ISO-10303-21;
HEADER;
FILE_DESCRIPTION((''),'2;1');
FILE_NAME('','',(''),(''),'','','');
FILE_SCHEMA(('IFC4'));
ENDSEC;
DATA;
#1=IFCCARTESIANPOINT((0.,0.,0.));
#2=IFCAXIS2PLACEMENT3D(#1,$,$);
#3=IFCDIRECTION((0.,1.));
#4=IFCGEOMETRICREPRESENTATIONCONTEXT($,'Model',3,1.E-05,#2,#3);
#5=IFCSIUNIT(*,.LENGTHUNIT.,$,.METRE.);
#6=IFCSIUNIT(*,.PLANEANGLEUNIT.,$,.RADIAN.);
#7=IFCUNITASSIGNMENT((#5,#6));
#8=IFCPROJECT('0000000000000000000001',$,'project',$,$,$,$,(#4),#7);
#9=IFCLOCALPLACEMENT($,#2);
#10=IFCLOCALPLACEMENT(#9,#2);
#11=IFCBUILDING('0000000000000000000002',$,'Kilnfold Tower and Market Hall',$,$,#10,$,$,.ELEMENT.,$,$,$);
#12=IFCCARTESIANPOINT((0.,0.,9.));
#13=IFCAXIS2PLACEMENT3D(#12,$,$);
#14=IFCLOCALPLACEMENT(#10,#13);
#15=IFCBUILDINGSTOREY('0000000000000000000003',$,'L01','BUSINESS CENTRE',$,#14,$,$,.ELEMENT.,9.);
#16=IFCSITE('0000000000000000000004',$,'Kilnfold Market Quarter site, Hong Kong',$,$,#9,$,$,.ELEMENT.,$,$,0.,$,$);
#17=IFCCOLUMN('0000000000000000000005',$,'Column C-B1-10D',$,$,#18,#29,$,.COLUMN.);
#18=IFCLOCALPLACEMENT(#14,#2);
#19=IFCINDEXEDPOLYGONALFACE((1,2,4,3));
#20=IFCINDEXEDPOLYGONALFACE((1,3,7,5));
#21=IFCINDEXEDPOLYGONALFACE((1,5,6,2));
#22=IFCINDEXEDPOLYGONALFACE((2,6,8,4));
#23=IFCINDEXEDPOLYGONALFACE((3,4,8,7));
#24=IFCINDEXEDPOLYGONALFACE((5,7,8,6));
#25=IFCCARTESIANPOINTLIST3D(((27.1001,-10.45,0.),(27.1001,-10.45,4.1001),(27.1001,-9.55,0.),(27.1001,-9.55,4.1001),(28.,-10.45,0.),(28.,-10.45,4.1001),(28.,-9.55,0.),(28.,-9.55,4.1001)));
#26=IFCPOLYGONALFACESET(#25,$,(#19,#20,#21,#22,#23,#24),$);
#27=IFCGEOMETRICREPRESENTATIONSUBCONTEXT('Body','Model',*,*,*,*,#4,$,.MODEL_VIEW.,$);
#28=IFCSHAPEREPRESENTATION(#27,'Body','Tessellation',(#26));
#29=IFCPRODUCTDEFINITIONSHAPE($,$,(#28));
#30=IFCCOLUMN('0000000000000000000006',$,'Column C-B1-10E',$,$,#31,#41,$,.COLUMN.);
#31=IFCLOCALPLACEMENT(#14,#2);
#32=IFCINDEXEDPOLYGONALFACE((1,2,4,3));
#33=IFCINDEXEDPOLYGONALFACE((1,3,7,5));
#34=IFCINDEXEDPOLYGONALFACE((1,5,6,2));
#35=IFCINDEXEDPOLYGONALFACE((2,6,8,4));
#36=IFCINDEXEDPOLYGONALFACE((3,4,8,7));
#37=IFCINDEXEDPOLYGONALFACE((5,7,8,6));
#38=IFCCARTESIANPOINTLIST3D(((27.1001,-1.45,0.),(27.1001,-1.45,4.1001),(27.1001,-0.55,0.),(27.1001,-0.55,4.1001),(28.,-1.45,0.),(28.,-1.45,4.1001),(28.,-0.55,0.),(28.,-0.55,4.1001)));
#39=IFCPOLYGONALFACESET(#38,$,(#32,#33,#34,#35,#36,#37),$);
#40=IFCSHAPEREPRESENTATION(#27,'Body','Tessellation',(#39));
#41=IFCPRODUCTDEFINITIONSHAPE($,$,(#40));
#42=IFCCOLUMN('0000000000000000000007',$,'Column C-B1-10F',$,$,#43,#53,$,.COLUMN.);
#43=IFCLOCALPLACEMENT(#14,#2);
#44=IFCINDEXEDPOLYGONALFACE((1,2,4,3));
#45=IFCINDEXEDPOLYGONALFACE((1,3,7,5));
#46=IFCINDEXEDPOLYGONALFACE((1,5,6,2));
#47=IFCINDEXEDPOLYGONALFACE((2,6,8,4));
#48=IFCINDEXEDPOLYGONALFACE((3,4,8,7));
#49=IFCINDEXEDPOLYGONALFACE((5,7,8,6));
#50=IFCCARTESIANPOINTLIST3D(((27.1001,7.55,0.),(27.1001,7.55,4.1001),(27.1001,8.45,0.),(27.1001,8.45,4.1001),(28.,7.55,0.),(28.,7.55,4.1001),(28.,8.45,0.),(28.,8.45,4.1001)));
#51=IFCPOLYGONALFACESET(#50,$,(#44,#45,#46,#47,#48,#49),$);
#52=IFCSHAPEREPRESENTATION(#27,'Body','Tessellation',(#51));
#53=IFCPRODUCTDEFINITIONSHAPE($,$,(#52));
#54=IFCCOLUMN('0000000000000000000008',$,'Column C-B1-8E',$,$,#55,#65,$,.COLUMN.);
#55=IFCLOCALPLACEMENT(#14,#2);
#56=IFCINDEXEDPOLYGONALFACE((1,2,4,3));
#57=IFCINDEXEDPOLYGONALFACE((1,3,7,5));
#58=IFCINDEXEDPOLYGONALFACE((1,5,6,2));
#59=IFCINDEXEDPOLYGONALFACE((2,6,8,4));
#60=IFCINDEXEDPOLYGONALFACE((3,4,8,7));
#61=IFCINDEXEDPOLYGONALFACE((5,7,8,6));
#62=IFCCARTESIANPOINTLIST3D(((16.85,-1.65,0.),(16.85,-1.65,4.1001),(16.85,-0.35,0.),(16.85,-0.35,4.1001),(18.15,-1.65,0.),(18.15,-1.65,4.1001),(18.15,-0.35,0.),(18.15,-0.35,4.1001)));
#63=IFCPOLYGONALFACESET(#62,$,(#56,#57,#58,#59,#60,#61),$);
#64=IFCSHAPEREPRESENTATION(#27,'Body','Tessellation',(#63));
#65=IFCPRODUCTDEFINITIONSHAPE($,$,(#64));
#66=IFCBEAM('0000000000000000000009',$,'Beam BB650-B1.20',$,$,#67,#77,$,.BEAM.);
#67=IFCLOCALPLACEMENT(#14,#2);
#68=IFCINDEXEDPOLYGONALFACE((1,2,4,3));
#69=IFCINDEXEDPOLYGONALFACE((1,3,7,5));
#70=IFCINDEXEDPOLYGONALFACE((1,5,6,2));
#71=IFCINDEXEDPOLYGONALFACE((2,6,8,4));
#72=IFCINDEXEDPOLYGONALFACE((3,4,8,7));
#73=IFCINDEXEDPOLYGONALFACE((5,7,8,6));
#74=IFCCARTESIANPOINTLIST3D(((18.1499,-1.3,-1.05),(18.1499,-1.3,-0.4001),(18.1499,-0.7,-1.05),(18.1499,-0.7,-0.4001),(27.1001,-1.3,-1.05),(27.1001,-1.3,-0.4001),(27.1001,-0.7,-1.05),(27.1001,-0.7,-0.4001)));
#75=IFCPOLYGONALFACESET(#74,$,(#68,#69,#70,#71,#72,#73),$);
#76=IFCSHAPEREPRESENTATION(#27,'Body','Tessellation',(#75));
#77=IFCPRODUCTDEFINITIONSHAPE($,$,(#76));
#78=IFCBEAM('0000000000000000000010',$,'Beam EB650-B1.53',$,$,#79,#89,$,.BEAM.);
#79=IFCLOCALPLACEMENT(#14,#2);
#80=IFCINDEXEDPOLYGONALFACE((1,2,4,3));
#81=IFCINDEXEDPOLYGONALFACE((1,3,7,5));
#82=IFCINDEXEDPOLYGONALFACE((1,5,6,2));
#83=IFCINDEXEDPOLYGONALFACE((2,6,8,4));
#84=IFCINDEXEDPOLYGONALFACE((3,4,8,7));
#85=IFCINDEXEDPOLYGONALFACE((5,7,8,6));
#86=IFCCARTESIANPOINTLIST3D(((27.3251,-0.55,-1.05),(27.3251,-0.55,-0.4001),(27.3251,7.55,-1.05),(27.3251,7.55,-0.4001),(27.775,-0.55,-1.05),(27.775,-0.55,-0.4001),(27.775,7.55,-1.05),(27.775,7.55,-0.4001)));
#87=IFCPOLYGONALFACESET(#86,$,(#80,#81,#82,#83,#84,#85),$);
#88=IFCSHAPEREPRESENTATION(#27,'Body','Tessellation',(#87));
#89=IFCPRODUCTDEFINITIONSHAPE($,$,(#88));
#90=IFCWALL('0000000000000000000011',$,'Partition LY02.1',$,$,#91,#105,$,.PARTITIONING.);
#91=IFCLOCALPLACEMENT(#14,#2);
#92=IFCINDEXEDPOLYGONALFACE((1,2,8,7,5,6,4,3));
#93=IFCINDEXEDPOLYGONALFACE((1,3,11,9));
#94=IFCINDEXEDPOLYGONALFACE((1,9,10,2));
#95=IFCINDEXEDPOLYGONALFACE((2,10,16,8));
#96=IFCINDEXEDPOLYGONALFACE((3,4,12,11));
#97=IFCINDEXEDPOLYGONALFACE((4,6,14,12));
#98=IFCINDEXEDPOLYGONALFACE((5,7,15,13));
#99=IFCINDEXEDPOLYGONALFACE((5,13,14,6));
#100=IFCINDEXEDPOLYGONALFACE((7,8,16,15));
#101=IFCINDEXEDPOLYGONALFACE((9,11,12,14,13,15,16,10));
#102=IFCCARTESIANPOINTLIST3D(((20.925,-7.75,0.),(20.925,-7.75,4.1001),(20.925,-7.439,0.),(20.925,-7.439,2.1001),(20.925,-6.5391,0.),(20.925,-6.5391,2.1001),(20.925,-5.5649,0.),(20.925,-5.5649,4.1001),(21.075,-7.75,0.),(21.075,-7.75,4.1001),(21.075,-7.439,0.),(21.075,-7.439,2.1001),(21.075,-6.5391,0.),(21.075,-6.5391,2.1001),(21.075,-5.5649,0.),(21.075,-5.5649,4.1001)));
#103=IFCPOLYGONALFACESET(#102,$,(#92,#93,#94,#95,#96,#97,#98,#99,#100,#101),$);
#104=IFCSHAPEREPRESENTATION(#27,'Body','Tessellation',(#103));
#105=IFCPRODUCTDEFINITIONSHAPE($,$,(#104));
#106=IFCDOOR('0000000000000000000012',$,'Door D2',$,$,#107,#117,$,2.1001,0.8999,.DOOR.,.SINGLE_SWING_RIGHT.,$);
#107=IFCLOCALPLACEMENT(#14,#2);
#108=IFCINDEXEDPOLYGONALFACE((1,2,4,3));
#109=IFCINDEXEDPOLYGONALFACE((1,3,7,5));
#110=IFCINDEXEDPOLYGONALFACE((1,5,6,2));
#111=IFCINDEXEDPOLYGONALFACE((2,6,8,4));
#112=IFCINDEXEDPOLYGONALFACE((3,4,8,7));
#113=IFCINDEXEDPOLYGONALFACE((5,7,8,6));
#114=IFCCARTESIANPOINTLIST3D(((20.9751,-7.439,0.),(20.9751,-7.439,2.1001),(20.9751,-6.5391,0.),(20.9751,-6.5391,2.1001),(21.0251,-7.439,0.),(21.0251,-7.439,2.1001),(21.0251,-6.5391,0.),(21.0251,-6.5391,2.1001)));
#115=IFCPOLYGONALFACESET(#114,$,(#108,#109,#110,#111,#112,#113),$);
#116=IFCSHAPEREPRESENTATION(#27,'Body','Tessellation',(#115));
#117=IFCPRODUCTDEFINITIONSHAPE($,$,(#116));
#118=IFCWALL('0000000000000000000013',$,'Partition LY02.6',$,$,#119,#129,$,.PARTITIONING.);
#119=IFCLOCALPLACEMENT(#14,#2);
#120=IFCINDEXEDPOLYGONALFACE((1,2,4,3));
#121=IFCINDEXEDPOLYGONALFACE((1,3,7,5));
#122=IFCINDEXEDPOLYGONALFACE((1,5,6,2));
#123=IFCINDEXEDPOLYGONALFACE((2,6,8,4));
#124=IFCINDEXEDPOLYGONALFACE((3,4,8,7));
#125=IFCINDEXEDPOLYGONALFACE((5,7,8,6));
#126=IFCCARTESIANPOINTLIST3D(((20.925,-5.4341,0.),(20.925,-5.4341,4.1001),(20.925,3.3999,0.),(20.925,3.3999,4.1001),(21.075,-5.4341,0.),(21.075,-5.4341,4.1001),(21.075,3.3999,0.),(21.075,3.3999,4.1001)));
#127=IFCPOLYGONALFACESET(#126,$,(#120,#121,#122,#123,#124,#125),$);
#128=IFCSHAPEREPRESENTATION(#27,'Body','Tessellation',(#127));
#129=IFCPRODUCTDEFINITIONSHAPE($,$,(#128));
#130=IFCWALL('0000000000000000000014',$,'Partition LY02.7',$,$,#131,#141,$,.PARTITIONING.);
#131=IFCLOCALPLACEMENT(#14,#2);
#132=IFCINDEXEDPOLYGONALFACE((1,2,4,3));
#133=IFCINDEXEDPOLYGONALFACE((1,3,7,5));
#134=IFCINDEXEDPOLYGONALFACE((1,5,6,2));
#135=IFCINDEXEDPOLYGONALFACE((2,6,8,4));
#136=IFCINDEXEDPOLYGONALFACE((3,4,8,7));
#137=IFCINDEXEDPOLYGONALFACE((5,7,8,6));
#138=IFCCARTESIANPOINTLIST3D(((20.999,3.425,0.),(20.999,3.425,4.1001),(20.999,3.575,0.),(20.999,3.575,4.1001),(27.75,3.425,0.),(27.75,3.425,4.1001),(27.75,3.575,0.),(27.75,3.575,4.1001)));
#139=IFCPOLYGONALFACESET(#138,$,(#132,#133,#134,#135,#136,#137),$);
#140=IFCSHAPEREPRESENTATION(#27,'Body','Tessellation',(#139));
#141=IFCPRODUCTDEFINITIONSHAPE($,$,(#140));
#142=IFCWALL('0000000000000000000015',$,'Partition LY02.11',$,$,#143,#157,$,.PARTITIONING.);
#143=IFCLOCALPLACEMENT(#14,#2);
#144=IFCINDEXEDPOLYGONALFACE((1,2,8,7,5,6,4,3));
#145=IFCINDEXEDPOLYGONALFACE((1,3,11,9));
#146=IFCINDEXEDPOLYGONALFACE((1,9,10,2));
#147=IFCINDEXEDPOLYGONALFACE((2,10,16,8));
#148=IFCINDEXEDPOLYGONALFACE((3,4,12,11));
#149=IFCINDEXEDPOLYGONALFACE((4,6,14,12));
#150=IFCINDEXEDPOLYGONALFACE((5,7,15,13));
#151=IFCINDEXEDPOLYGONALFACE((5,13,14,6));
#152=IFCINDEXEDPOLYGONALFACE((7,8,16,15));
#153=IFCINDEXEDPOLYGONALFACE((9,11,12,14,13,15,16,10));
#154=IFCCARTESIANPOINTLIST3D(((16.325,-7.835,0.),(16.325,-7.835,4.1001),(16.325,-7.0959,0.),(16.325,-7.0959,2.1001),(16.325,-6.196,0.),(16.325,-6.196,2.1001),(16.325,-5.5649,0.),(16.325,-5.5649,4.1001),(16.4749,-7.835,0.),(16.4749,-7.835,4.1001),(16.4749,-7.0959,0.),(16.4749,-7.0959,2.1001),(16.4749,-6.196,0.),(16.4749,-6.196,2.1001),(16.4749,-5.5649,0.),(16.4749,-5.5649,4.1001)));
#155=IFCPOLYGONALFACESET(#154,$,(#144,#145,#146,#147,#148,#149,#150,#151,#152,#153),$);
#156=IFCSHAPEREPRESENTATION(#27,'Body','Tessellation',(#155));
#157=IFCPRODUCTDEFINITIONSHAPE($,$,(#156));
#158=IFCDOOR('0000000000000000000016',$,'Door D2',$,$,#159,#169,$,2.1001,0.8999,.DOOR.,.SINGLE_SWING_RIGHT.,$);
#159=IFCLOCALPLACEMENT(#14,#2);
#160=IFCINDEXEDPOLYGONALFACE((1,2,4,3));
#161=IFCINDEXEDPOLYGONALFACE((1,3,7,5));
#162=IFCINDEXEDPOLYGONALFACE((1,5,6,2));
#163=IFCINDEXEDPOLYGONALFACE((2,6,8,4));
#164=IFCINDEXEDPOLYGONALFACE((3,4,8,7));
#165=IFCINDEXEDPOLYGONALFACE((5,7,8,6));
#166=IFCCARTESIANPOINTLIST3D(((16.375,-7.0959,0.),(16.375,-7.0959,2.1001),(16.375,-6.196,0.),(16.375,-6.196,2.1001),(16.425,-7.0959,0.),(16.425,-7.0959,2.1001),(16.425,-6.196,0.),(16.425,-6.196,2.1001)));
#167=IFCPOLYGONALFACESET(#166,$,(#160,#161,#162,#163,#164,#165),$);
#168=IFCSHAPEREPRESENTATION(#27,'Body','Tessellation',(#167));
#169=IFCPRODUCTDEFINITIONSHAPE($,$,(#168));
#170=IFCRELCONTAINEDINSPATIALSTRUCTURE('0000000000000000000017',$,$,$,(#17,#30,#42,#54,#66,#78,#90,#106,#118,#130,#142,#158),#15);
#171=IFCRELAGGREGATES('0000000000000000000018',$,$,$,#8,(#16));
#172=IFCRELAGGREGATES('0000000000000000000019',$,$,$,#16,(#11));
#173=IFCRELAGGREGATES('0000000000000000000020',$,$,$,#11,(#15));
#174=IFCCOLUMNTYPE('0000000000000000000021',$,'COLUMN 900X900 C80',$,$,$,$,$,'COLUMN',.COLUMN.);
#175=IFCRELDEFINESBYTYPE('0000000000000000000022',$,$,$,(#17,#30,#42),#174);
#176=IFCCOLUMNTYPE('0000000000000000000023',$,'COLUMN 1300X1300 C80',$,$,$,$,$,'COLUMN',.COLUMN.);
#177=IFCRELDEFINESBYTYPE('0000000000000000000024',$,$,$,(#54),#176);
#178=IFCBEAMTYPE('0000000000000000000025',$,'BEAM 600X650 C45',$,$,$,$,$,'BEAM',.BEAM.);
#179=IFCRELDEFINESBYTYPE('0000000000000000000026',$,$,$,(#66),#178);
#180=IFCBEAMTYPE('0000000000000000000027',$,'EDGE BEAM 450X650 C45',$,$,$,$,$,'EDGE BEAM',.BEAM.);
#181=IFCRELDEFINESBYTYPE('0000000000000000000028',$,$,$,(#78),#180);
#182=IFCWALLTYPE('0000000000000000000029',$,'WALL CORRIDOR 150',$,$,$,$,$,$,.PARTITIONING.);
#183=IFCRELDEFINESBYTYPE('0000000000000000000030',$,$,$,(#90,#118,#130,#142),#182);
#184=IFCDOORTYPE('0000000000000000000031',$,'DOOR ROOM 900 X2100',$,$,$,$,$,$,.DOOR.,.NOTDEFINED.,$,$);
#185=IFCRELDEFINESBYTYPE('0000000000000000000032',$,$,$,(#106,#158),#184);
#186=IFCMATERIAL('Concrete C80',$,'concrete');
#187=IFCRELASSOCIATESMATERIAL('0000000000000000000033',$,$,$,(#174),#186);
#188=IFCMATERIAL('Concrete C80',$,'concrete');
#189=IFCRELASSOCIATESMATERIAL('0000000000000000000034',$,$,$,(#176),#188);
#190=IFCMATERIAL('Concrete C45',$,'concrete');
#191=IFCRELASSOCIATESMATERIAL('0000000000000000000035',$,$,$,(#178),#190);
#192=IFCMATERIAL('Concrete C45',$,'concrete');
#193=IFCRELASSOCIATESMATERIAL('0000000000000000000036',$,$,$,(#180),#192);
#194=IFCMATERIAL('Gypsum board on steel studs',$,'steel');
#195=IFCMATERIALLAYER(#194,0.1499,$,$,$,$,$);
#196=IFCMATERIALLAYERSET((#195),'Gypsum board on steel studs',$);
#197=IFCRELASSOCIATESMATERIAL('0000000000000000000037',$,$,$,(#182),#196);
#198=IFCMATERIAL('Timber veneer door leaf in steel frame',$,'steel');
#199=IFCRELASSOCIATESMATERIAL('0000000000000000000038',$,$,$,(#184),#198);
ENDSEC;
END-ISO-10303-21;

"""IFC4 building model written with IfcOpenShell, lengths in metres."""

from ifc_helpers import new_model, si_unit, direction, frame, frame_2d, origin, origin_2d, place, context, subcontext, project, spatial, rectangle, extrude, source, transform, mapped, material, layer, layer_set, material_profile, profile_set, type_object, element, fill, save


model = new_model("IFC4")

# Units and contexts
model_context = context("Model", 3, precision=1e-05, world=origin(), true_north=direction((0.0, 1.0)))
body_context = subcontext(model_context, "Body", "Model", "MODEL_VIEW")
ifc_project = project(units=[si_unit("LENGTHUNIT", "METRE"), si_unit("PLANEANGLEUNIT", "RADIAN")], contexts=[model_context])

# Site, building, storey
site_placement = place(None, origin())
site = spatial("IfcSite", under=ifc_project, at=site_placement, Name="Kilnfold Market Quarter site, Hong Kong", CompositionType="ELEMENT", RefElevation=0.0)
building_placement = place(site_placement, origin())
building = spatial("IfcBuilding", under=site, at=building_placement, Name="Kilnfold Tower and Market Hall", CompositionType="ELEMENT")
storey_placement = place(building_placement, frame((0.0, 0.0, 9.0)))
storey = spatial("IfcBuildingStorey", under=building, at=storey_placement, Name="L01", Description="BUSINESS CENTRE", CompositionType="ELEMENT", Elevation=9.0)

# Columns
ifc_material_1 = material(Name="Concrete C80", Category="concrete")
ifc_material_profile_1 = material_profile(ifc_material_1, rectangle(XDim=0.8999, YDim=0.8999, at=origin_2d()), Name="RC 900x900")
ifc_profile_set_1 = profile_set([ifc_material_profile_1], Name="Concrete C80")
column_type_1 = type_object("IfcColumnType", Name="COLUMN 900X900 C80", ElementType="COLUMN", PredefinedType="COLUMN", material=ifc_profile_set_1)
shared_shape_1 = source(origin(), body_context, "Body", "SweptSolid", [
    extrude(rectangle(XDim=0.8999, YDim=0.8999, at=origin_2d()), origin(), (0.0, 0.0, 1.0), 4.1001),
])
for number, where, z_axis, x_axis, name in (
    (1, (27.55, -10.0, 0.0), (0.0, 0.0, 1.0), (1.0, 0.0, 0.0), "Column C-B1-10D"),
    (2, (27.55, -1.0, 0.0), (0.0, 0.0, 1.0), (1.0, 0.0, 0.0), "Column C-B1-10E"),
    (3, (27.55, 8.0, 0.0), (0.0, 0.0, 1.0), (1.0, 0.0, 0.0), "Column C-B1-10F"),
):
    element("IfcColumn", number, at=place(storey_placement, frame(where, z_axis=z_axis, x_axis=x_axis)), inside=storey, type_object=column_type_1, Name=name, PredefinedType="COLUMN", context=body_context, shape_type="MappedRepresentation", body=[
        mapped(shared_shape_1, transform((0.0, 0.0, 0.0))),
    ])
ifc_material_2 = material(Name="Concrete C80", Category="concrete")
ifc_material_profile_2 = material_profile(ifc_material_2, rectangle(XDim=1.3, YDim=1.3, at=origin_2d()), Name="RC 1300x1300")
ifc_profile_set_2 = profile_set([ifc_material_profile_2], Name="Concrete C80")
column_type_2 = type_object("IfcColumnType", Name="COLUMN 1300X1300 C80", ElementType="COLUMN", PredefinedType="COLUMN", material=ifc_profile_set_2)
shared_shape_2 = source(origin(), body_context, "Body", "SweptSolid", [
    extrude(rectangle(XDim=1.3, YDim=1.3, at=origin_2d()), origin(), (0.0, 0.0, 1.0), 4.1001),
])
column_placement = place(storey_placement, frame((17.5, -1.0, 0.0), z_axis=(0.0, 0.0, 1.0), x_axis=(1.0, 0.0, 0.0)))
element("IfcColumn", 4, at=column_placement, inside=storey, type_object=column_type_2, Name="Column C-B1-8E", PredefinedType="COLUMN", context=body_context, shape_type="MappedRepresentation", body=[
    mapped(shared_shape_2, transform((0.0, 0.0, 0.0))),
])

# Beams
ifc_material_3 = material(Name="Concrete C45", Category="concrete")
ifc_material_profile_3 = material_profile(ifc_material_3, rectangle(XDim=0.6001, YDim=0.6499, at=origin_2d()), Name="RC 600x650")
ifc_profile_set_3 = profile_set([ifc_material_profile_3], Name="Concrete C45")
beam_type_1 = type_object("IfcBeamType", Name="BEAM 600X650 C45", ElementType="BEAM", PredefinedType="BEAM", material=ifc_profile_set_3)
shared_shape_3 = source(origin(), body_context, "Body", "SweptSolid", [
    extrude(rectangle(XDim=0.6001, YDim=0.6499, at=origin_2d()), origin(), (0.0, 0.0, 1.0), 8.9502),
])
beam_1_placement = place(storey_placement, frame((18.1499, -1.0, -0.7251), z_axis=(1.0, 0.0, 0.0), x_axis=(0.0, 1.0, 0.0)))
element("IfcBeam", 5, at=beam_1_placement, inside=storey, type_object=beam_type_1, Name="Beam BB650-B1.20", PredefinedType="BEAM", context=body_context, shape_type="MappedRepresentation", body=[
    mapped(shared_shape_3, transform((0.0, 0.0, 0.0))),
])
ifc_material_4 = material(Name="Concrete C45", Category="concrete")
ifc_material_profile_4 = material_profile(ifc_material_4, rectangle(XDim=0.45, YDim=0.6499, at=origin_2d()), Name="RC 450x650")
ifc_profile_set_4 = profile_set([ifc_material_profile_4], Name="Concrete C45")
beam_type_2 = type_object("IfcBeamType", Name="EDGE BEAM 450X650 C45", ElementType="EDGE BEAM", PredefinedType="BEAM", material=ifc_profile_set_4)
shared_shape_4 = source(origin(), body_context, "Body", "SweptSolid", [
    extrude(rectangle(XDim=0.45, YDim=0.6499, at=origin_2d()), origin(), (0.0, 0.0, 1.0), 8.1001),
])
beam_2_placement = place(storey_placement, frame((27.55, -0.55, -0.7251), z_axis=(0.0, 1.0, 0.0), x_axis=(-1.0, 0.0, 0.0)))
element("IfcBeam", 6, at=beam_2_placement, inside=storey, type_object=beam_type_2, Name="Beam EB650-B1.53", PredefinedType="BEAM", context=body_context, shape_type="MappedRepresentation", body=[
    mapped(shared_shape_4, transform((0.0, 0.0, 0.0))),
])

# Wall, opening, door
ifc_material_5 = material(Name="Gypsum board on steel studs", Category="steel")
ifc_layer_1 = layer(ifc_material_5, 0.1499)
ifc_layer_set_1 = layer_set([ifc_layer_1], Name="Gypsum board on steel studs")
wall_type_1 = type_object("IfcWallType", Name="WALL CORRIDOR 150", PredefinedType="PARTITIONING", material=ifc_layer_set_1)
wall_1_placement = place(storey_placement, frame((21.0, -7.75, 0.0), z_axis=(0.0, 0.0, 1.0), x_axis=(0.0, 1.0, 0.0)))
wall_1 = element("IfcWall", 7, at=wall_1_placement, inside=storey, type_object=wall_type_1, Name="Partition LY02.1", PredefinedType="PARTITIONING", context=body_context, shape_type="SweptSolid", body=[
    extrude(rectangle(XDim=2.1851, YDim=0.1499, at=frame_2d((1.0925, 0.0))), origin(), (0.0, 0.0, 1.0), 4.1001),
])
opening_1_placement = place(wall_1_placement, frame((0.311, 0.0, 0.0)))
opening_1 = element("IfcOpeningElement", 8, at=opening_1_placement, cuts=wall_1, PredefinedType="OPENING", context=body_context, shape_type="SweptSolid", body=[
    extrude(rectangle(XDim=0.8999, YDim=2.1001, at=frame_2d((0.45, 1.05))), frame((0.0, 0.085, 0.0), z_axis=(0.0, -1.0, 0.0), x_axis=(1.0, 0.0, 0.0)), (0.0, 0.0, 1.0), 0.1699),
])
ifc_material_6 = material(Name="Timber veneer door leaf in steel frame", Category="steel")
door_type_1 = type_object("IfcDoorType", Name="DOOR ROOM 900 X2100", OperationType="NOTDEFINED", PredefinedType="DOOR", material=ifc_material_6)
door_1_placement = place(opening_1_placement, origin())
door_1 = element("IfcDoor", 9, at=door_1_placement, inside=storey, type_object=door_type_1, Name="Door D2", OperationType="SINGLE_SWING_RIGHT", OverallHeight=2.1001, OverallWidth=0.8999, PredefinedType="DOOR", context=body_context, shape_type="SweptSolid", body=[
    extrude(rectangle(XDim=0.8999, YDim=2.1001, at=frame_2d((0.45, 1.05))), frame((0.0, 0.0249, 0.0), z_axis=(0.0, -1.0, 0.0), x_axis=(1.0, 0.0, 0.0)), (0.0, 0.0, 1.0), 0.05),
])
fill(opening_1, door_1)

# Walls
wall_2_placement = place(storey_placement, frame((21.0, -5.4341, 0.0), z_axis=(0.0, 0.0, 1.0), x_axis=(0.0, 1.0, 0.0)))
element("IfcWall", 10, at=wall_2_placement, inside=storey, type_object=wall_type_1, Name="Partition LY02.6", PredefinedType="PARTITIONING", context=body_context, shape_type="SweptSolid", body=[
    extrude(rectangle(XDim=8.834, YDim=0.1499, at=frame_2d((4.417, 0.0))), origin(), (0.0, 0.0, 1.0), 4.1001),
])
wall_3_placement = place(storey_placement, frame((20.999, 3.5, 0.0), z_axis=(0.0, 0.0, 1.0), x_axis=(1.0, 0.0, 0.0)))
element("IfcWall", 11, at=wall_3_placement, inside=storey, type_object=wall_type_1, Name="Partition LY02.7", PredefinedType="PARTITIONING", context=body_context, shape_type="SweptSolid", body=[
    extrude(rectangle(XDim=6.751, YDim=0.1499, at=frame_2d((3.3755, 0.0))), origin(), (0.0, 0.0, 1.0), 4.1001),
])

# Wall, opening, door
wall_4_placement = place(storey_placement, frame((16.3999, -7.835, 0.0), z_axis=(0.0, 0.0, 1.0), x_axis=(0.0, 1.0, 0.0)))
wall_4 = element("IfcWall", 12, at=wall_4_placement, inside=storey, type_object=wall_type_1, Name="Partition LY02.11", PredefinedType="PARTITIONING", context=body_context, shape_type="SweptSolid", body=[
    extrude(rectangle(XDim=2.27, YDim=0.1499, at=frame_2d((1.135, 0.0))), origin(), (0.0, 0.0, 1.0), 4.1001),
])
opening_2_placement = place(wall_4_placement, frame((0.739, 0.0, 0.0)))
opening_2 = element("IfcOpeningElement", 13, at=opening_2_placement, cuts=wall_4, PredefinedType="OPENING", context=body_context, shape_type="SweptSolid", body=[
    extrude(rectangle(XDim=0.8999, YDim=2.1001, at=frame_2d((0.45, 1.05))), frame((0.0, 0.085, 0.0), z_axis=(0.0, -1.0, 0.0), x_axis=(1.0, 0.0, 0.0)), (0.0, 0.0, 1.0), 0.1699),
])
door_2_placement = place(opening_2_placement, origin())
door_2 = element("IfcDoor", 14, at=door_2_placement, inside=storey, type_object=door_type_1, Name="Door D2", OperationType="SINGLE_SWING_RIGHT", OverallHeight=2.1001, OverallWidth=0.8999, PredefinedType="DOOR", context=body_context, shape_type="SweptSolid", body=[
    extrude(rectangle(XDim=0.8999, YDim=2.1001, at=frame_2d((0.45, 1.05))), frame((0.0, 0.0249, 0.0), z_axis=(0.0, -1.0, 0.0), x_axis=(1.0, 0.0, 0.0)), (0.0, 0.0, 1.0), 0.05),
])
fill(opening_2, door_2)

save(model, "model.ifc")
